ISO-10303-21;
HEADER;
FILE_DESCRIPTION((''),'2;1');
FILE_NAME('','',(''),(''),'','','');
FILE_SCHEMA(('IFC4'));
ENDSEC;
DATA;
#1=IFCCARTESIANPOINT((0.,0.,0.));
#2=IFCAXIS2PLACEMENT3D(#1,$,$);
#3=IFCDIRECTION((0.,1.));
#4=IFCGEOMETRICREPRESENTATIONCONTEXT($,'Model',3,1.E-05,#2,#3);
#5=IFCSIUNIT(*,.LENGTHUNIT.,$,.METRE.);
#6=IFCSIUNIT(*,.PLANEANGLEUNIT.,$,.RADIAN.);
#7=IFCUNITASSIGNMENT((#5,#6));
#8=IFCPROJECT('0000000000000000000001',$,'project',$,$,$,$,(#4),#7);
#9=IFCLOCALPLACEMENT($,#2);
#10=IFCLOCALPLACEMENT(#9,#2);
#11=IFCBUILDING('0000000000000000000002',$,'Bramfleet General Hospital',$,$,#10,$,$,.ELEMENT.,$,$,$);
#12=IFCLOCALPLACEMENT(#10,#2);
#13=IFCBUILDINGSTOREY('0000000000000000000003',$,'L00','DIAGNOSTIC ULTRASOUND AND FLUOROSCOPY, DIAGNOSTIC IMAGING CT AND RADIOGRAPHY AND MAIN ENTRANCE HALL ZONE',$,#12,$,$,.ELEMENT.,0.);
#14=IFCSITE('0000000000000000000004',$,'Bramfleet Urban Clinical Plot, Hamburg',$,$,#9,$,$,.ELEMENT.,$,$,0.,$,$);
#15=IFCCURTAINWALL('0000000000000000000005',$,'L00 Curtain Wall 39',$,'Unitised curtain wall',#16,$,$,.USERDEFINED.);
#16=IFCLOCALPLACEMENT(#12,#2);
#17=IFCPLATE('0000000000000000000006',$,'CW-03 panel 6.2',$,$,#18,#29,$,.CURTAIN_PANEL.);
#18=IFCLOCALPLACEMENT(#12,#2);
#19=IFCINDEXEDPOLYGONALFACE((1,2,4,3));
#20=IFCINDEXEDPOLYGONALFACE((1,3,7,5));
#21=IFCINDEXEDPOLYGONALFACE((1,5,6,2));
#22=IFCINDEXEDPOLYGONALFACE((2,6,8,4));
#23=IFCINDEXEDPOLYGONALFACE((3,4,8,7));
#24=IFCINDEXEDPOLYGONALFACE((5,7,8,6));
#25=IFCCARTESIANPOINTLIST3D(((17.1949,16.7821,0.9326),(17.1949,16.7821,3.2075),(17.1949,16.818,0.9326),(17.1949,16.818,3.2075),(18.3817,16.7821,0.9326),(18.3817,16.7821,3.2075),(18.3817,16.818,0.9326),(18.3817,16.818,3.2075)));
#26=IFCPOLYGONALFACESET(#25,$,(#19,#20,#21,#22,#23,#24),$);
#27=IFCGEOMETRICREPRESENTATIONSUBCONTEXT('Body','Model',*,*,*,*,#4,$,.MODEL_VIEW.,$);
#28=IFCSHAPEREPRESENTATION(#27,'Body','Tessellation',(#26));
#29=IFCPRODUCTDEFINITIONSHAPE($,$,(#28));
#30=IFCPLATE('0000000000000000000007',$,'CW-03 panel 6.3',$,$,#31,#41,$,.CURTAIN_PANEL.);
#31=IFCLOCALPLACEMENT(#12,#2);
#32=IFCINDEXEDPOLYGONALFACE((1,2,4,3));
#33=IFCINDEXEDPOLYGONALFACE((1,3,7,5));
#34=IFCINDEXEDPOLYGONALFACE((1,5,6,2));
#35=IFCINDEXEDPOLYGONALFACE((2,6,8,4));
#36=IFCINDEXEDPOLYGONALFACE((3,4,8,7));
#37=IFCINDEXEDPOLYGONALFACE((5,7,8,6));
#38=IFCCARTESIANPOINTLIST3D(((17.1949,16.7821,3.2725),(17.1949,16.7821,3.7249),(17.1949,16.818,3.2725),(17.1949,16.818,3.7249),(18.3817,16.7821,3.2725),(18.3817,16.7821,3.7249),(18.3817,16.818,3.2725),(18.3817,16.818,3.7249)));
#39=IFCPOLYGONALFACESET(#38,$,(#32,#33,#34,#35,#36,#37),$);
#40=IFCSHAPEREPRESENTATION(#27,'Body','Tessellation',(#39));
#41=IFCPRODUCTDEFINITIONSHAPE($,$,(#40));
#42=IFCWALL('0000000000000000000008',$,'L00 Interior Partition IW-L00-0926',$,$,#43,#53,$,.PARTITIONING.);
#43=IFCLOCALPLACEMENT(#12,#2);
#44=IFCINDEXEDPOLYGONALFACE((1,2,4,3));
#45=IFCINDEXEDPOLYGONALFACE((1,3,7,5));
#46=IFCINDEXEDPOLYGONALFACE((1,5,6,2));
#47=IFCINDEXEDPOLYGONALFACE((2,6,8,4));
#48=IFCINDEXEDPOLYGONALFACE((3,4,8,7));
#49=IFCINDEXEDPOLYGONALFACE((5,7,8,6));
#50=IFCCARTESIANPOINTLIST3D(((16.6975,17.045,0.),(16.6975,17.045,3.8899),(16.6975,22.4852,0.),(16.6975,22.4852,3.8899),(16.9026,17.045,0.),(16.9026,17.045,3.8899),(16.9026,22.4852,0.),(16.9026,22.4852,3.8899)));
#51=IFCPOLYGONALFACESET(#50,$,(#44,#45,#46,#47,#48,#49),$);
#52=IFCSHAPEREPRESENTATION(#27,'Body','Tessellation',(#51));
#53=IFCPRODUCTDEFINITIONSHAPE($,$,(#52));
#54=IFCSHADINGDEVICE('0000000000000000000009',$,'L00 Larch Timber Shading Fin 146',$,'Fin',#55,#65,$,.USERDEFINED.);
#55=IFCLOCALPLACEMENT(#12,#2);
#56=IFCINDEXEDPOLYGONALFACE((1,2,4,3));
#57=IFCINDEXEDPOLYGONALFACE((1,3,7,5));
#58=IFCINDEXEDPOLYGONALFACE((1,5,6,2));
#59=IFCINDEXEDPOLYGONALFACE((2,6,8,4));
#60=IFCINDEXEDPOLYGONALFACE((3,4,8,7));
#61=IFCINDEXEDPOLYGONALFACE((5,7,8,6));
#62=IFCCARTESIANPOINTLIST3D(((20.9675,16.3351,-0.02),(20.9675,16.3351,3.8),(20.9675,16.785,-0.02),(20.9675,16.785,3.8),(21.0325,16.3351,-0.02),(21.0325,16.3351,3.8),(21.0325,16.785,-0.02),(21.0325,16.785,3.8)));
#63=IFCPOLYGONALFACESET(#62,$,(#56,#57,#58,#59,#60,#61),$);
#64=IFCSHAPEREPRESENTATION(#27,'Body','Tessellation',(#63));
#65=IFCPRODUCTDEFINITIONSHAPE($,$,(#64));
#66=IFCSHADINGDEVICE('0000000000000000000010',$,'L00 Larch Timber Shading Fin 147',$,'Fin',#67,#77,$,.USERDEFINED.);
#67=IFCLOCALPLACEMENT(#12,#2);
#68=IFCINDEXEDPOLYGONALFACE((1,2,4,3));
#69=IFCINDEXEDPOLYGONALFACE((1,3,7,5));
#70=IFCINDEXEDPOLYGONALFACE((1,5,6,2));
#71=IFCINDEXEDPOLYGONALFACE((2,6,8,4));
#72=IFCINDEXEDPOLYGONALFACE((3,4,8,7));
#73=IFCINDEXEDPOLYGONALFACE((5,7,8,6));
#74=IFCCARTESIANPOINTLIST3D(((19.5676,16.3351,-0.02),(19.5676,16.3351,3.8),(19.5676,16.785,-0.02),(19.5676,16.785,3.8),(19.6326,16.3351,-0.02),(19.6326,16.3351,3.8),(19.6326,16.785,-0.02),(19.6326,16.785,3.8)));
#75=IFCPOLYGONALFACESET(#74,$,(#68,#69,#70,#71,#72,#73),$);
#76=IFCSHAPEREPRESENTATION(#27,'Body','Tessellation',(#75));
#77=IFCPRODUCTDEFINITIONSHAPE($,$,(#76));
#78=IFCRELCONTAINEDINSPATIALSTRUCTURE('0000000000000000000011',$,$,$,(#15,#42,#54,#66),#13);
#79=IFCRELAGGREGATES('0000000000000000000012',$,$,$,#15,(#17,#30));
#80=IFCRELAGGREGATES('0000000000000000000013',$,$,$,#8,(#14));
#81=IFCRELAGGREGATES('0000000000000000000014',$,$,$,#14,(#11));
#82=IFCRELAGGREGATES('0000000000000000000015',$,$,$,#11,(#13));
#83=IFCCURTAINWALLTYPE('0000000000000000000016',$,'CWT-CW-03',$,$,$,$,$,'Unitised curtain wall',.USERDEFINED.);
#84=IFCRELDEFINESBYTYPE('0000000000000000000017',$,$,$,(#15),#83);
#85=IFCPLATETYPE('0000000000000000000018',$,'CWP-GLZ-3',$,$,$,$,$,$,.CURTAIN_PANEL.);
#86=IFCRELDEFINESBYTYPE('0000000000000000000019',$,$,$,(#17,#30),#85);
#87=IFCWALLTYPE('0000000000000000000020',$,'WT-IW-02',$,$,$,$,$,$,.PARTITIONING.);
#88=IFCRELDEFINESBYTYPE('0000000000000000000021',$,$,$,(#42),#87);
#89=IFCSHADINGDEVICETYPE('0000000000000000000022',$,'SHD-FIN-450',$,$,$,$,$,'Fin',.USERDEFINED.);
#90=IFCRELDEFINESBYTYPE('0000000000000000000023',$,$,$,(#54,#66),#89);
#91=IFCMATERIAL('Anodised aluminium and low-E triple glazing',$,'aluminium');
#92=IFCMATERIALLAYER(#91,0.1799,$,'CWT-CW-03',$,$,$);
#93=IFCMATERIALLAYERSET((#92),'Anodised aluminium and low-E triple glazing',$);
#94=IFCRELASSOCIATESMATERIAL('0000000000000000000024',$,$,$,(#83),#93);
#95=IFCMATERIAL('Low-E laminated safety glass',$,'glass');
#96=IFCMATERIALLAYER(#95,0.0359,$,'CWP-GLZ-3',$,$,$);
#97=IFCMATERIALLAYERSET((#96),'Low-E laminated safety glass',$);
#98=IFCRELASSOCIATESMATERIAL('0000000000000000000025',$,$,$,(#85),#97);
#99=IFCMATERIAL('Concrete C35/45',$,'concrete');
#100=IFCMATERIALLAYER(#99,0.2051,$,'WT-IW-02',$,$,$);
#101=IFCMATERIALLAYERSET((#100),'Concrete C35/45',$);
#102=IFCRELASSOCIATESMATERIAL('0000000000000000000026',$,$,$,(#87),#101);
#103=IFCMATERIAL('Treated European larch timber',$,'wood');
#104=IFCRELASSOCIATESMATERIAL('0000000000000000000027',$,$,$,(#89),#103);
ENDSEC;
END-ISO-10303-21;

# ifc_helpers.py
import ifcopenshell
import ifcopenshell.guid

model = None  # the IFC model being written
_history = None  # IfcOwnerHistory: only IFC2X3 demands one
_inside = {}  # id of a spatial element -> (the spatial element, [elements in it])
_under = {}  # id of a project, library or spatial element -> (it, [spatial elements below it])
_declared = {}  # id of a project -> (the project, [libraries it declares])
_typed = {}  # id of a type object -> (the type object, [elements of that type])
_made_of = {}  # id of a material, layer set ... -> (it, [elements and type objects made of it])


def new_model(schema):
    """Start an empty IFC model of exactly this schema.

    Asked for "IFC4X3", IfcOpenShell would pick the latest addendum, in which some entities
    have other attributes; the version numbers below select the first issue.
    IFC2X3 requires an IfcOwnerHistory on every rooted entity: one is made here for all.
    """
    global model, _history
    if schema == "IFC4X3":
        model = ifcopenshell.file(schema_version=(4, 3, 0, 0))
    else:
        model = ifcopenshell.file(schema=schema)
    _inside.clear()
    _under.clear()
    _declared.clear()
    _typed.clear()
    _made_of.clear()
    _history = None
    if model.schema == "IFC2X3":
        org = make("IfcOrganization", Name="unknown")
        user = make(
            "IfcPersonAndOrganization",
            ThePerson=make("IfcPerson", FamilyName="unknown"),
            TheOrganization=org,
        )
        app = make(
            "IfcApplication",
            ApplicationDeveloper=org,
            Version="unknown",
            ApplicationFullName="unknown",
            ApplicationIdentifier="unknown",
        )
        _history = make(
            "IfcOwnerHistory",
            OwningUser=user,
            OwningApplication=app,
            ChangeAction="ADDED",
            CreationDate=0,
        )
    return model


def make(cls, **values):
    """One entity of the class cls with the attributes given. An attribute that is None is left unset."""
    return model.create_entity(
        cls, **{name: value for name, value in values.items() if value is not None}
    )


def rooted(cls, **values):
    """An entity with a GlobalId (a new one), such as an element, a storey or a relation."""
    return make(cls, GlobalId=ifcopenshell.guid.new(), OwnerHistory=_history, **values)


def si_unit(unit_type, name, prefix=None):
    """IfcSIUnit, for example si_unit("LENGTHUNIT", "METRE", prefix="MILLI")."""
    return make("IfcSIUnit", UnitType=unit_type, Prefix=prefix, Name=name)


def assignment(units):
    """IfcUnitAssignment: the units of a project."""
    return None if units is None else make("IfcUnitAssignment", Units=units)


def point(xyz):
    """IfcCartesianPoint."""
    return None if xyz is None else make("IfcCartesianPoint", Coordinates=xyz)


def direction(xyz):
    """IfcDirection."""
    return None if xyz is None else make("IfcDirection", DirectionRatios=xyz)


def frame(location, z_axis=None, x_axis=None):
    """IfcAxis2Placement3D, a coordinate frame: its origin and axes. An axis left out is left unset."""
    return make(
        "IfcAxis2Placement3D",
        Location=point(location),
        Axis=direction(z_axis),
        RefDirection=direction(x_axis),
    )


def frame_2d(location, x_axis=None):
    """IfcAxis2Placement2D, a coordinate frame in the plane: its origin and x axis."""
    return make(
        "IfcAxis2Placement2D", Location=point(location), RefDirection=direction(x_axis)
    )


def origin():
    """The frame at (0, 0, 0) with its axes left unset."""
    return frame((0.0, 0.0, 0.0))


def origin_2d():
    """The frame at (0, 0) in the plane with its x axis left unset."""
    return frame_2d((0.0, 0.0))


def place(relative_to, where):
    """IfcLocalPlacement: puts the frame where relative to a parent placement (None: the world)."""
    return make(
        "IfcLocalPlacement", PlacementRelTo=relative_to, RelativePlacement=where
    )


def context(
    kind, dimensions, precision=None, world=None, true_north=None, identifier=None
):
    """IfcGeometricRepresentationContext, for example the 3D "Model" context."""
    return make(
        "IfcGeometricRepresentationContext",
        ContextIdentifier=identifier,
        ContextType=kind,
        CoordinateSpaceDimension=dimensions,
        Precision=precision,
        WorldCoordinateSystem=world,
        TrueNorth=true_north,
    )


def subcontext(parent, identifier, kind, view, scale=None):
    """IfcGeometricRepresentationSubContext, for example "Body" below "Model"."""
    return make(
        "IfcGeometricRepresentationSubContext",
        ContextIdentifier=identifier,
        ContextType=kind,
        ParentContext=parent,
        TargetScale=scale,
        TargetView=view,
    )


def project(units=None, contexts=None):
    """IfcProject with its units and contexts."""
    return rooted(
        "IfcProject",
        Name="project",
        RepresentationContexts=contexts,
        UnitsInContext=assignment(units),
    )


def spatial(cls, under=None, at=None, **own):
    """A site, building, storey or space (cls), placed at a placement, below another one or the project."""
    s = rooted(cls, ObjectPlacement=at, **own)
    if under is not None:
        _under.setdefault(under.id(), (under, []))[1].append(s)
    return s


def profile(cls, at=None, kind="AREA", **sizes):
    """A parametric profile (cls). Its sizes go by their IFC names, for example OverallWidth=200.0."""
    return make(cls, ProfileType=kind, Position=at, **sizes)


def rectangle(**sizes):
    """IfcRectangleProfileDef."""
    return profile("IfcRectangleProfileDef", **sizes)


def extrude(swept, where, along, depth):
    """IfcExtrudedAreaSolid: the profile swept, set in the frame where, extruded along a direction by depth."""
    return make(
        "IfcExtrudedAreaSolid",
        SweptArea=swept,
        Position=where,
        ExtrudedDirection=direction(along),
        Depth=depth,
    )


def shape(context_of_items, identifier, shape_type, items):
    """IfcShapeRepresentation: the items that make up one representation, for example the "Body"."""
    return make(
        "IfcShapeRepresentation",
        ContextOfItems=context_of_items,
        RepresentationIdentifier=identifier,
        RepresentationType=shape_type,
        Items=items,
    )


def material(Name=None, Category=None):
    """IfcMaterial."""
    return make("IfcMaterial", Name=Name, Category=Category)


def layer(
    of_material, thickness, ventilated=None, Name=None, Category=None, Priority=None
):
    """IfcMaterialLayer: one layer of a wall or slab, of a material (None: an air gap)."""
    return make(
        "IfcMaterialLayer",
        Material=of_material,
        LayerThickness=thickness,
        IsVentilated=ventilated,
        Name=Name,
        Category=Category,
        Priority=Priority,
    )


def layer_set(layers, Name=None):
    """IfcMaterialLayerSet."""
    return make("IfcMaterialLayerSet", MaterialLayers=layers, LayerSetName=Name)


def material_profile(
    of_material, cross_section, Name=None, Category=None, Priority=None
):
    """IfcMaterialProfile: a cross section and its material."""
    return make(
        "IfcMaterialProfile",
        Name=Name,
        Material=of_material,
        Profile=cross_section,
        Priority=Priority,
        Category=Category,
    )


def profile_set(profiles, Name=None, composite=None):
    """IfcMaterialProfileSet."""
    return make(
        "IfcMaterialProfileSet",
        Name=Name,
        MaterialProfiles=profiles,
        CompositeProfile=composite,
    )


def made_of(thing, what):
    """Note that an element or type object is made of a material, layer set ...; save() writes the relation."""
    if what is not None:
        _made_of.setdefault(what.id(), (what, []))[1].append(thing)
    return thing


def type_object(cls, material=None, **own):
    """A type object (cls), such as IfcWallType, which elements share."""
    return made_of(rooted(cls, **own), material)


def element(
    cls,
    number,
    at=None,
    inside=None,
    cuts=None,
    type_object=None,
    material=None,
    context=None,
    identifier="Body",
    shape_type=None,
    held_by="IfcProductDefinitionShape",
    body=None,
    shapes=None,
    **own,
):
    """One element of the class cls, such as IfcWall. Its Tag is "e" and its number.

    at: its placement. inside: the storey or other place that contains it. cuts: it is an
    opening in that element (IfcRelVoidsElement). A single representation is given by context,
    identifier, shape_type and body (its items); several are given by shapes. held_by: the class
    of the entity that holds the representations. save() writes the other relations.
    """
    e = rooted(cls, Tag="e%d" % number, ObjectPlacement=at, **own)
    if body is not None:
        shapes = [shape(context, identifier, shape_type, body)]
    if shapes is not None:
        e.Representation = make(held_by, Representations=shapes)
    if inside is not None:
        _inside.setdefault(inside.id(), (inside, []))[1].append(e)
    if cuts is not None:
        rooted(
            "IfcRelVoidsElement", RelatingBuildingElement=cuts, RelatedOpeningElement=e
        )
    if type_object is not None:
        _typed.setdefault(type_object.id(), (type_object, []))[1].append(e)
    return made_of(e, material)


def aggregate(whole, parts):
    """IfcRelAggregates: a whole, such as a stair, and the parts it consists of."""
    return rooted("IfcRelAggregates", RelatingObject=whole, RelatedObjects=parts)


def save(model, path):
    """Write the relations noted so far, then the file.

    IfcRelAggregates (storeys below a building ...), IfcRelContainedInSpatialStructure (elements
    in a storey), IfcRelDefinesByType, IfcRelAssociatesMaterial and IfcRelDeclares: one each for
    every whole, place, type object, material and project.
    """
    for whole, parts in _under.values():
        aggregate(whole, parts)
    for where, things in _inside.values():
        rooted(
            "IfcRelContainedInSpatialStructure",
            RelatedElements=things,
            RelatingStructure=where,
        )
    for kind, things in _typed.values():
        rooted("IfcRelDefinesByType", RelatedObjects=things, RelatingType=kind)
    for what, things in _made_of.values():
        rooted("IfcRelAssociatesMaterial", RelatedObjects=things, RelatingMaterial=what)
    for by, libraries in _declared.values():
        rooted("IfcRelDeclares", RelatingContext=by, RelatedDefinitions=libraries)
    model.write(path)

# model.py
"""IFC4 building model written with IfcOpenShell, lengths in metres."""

from ifc_helpers import new_model, si_unit, direction, frame, frame_2d, origin, origin_2d, place, context, subcontext, project, spatial, rectangle, extrude, material, layer, layer_set, material_profile, profile_set, type_object, element, aggregate, save


model = new_model("IFC4")

# Units and contexts
model_context = context("Model", 3, precision=1e-05, world=origin(), true_north=direction((0.0, 1.0)))
body_context = subcontext(model_context, "Body", "Model", "MODEL_VIEW")
ifc_project = project(units=[si_unit("LENGTHUNIT", "METRE"), si_unit("PLANEANGLEUNIT", "RADIAN")], contexts=[model_context])

# Site, building, storey
site_placement = place(None, origin())
site = spatial("IfcSite", under=ifc_project, at=site_placement, Name="Bramfleet Urban Clinical Plot, Hamburg", CompositionType="ELEMENT", RefElevation=0.0)
building_placement = place(site_placement, origin())
building = spatial("IfcBuilding", under=site, at=building_placement, Name="Bramfleet General Hospital", CompositionType="ELEMENT")
storey_placement = place(building_placement, origin())
storey = spatial("IfcBuildingStorey", under=building, at=storey_placement, Name="L00", Description="DIAGNOSTIC ULTRASOUND AND FLUOROSCOPY, DIAGNOSTIC IMAGING CT AND RADIOGRAPHY AND MAIN ENTRANCE HALL ZONE", CompositionType="ELEMENT", Elevation=0.0)

# Shared definitions
ifc_material_1 = material(Name="Concrete C35/45", Category="concrete")

# Curtain wall, plates
ifc_material_2 = material(Name="Anodised aluminium and low-E triple glazing", Category="aluminium")
ifc_layer_1 = layer(ifc_material_2, 0.1799, Name="CWT-CW-03")
ifc_layer_set_1 = layer_set([ifc_layer_1], Name="Anodised aluminium and low-E triple glazing")
curtain_wall_type = type_object("IfcCurtainWallType", Name="CWT-CW-03", ElementType="Unitised curtain wall", PredefinedType="USERDEFINED", material=ifc_layer_set_1)
curtain_wall_placement = place(storey_placement, origin())
curtain_wall = element("IfcCurtainWall", 1, at=curtain_wall_placement, inside=storey, type_object=curtain_wall_type, Name="L00 Curtain Wall 39", ObjectType="Unitised curtain wall", PredefinedType="USERDEFINED")
ifc_material_3 = material(Name="Low-E laminated safety glass", Category="glass")
ifc_layer_2 = layer(ifc_material_3, 0.0359, Name="CWP-GLZ-3")
ifc_layer_set_2 = layer_set([ifc_layer_2], Name="Low-E laminated safety glass")
plate_type = type_object("IfcPlateType", Name="CWP-GLZ-3", PredefinedType="CURTAIN_PANEL", material=ifc_layer_set_2)
plate_1_placement = place(storey_placement, frame((17.7883, 16.8, 0.9326), z_axis=(0.0, 0.0, 1.0), x_axis=(-1.0, 0.0, 0.0)))
plate_1 = element("IfcPlate", 2, at=plate_1_placement, type_object=plate_type, Name="CW-03 panel 6.2", PredefinedType="CURTAIN_PANEL", context=body_context, shape_type="SweptSolid", body=[
    extrude(rectangle(XDim=1.1868, YDim=0.0359, at=origin_2d()), origin(), (0.0, 0.0, 1.0), 2.2749),
])
plate_2_placement = place(storey_placement, frame((17.7883, 16.8, 3.2725), z_axis=(0.0, 0.0, 1.0), x_axis=(-1.0, 0.0, 0.0)))
plate_2 = element("IfcPlate", 3, at=plate_2_placement, type_object=plate_type, Name="CW-03 panel 6.3", PredefinedType="CURTAIN_PANEL", context=body_context, shape_type="SweptSolid", body=[
    extrude(rectangle(XDim=1.1868, YDim=0.0359, at=origin_2d()), origin(), (0.0, 0.0, 1.0), 0.4524),
])
aggregate(curtain_wall, [plate_1, plate_2])

# Wall
ifc_layer_3 = layer(ifc_material_1, 0.2051, Name="WT-IW-02")
ifc_layer_set_3 = layer_set([ifc_layer_3], Name="Concrete C35/45")
wall_type = type_object("IfcWallType", Name="WT-IW-02", PredefinedType="PARTITIONING", material=ifc_layer_set_3)
wall_placement = place(storey_placement, frame((16.8, 17.0449, 0.0), z_axis=(0.0, 0.0, 1.0), x_axis=(0.0, 1.0, 0.0)))
element("IfcWall", 4, at=wall_placement, inside=storey, type_object=wall_type, Name="L00 Interior Partition IW-L00-0926", PredefinedType="PARTITIONING", context=body_context, shape_type="SweptSolid", body=[
    extrude(rectangle(XDim=5.4402, YDim=0.2051, at=frame_2d((2.7202, 0.0))), origin(), (0.0, 0.0, 1.0), 3.8899),
])

# Shading devices
ifc_material_4 = material(Name="Treated European larch timber", Category="wood")
ifc_material_profile_1 = material_profile(ifc_material_4, rectangle(XDim=0.0649, YDim=0.45, at=origin_2d()), Name="LARCH FIN 450x65")
ifc_profile_set_1 = profile_set([ifc_material_profile_1], Name="Treated European larch timber")
shading_device_type = type_object("IfcShadingDeviceType", Name="SHD-FIN-450", ElementType="Fin", PredefinedType="USERDEFINED", material=ifc_profile_set_1)
for number, where, z_axis, x_axis, name in (
    (5, (21.0, 16.5601, -0.02), (0.0, 0.0, 1.0), (-1.0, 0.0, 0.0), "L00 Larch Timber Shading Fin 146"),
    (6, (19.6001, 16.5601, -0.02), (0.0, 0.0, 1.0), (-1.0, 0.0, 0.0), "L00 Larch Timber Shading Fin 147"),
):
    element("IfcShadingDevice", number, at=place(storey_placement, frame(where, z_axis=z_axis, x_axis=x_axis)), inside=storey, type_object=shading_device_type, Name=name, ObjectType="Fin", PredefinedType="USERDEFINED", context=body_context, shape_type="SweptSolid", body=[
        extrude(rectangle(XDim=0.0649, YDim=0.45, at=origin_2d()), origin(), (0.0, 0.0, 1.0), 3.8201),
    ])

save(model, "model.ifc")
